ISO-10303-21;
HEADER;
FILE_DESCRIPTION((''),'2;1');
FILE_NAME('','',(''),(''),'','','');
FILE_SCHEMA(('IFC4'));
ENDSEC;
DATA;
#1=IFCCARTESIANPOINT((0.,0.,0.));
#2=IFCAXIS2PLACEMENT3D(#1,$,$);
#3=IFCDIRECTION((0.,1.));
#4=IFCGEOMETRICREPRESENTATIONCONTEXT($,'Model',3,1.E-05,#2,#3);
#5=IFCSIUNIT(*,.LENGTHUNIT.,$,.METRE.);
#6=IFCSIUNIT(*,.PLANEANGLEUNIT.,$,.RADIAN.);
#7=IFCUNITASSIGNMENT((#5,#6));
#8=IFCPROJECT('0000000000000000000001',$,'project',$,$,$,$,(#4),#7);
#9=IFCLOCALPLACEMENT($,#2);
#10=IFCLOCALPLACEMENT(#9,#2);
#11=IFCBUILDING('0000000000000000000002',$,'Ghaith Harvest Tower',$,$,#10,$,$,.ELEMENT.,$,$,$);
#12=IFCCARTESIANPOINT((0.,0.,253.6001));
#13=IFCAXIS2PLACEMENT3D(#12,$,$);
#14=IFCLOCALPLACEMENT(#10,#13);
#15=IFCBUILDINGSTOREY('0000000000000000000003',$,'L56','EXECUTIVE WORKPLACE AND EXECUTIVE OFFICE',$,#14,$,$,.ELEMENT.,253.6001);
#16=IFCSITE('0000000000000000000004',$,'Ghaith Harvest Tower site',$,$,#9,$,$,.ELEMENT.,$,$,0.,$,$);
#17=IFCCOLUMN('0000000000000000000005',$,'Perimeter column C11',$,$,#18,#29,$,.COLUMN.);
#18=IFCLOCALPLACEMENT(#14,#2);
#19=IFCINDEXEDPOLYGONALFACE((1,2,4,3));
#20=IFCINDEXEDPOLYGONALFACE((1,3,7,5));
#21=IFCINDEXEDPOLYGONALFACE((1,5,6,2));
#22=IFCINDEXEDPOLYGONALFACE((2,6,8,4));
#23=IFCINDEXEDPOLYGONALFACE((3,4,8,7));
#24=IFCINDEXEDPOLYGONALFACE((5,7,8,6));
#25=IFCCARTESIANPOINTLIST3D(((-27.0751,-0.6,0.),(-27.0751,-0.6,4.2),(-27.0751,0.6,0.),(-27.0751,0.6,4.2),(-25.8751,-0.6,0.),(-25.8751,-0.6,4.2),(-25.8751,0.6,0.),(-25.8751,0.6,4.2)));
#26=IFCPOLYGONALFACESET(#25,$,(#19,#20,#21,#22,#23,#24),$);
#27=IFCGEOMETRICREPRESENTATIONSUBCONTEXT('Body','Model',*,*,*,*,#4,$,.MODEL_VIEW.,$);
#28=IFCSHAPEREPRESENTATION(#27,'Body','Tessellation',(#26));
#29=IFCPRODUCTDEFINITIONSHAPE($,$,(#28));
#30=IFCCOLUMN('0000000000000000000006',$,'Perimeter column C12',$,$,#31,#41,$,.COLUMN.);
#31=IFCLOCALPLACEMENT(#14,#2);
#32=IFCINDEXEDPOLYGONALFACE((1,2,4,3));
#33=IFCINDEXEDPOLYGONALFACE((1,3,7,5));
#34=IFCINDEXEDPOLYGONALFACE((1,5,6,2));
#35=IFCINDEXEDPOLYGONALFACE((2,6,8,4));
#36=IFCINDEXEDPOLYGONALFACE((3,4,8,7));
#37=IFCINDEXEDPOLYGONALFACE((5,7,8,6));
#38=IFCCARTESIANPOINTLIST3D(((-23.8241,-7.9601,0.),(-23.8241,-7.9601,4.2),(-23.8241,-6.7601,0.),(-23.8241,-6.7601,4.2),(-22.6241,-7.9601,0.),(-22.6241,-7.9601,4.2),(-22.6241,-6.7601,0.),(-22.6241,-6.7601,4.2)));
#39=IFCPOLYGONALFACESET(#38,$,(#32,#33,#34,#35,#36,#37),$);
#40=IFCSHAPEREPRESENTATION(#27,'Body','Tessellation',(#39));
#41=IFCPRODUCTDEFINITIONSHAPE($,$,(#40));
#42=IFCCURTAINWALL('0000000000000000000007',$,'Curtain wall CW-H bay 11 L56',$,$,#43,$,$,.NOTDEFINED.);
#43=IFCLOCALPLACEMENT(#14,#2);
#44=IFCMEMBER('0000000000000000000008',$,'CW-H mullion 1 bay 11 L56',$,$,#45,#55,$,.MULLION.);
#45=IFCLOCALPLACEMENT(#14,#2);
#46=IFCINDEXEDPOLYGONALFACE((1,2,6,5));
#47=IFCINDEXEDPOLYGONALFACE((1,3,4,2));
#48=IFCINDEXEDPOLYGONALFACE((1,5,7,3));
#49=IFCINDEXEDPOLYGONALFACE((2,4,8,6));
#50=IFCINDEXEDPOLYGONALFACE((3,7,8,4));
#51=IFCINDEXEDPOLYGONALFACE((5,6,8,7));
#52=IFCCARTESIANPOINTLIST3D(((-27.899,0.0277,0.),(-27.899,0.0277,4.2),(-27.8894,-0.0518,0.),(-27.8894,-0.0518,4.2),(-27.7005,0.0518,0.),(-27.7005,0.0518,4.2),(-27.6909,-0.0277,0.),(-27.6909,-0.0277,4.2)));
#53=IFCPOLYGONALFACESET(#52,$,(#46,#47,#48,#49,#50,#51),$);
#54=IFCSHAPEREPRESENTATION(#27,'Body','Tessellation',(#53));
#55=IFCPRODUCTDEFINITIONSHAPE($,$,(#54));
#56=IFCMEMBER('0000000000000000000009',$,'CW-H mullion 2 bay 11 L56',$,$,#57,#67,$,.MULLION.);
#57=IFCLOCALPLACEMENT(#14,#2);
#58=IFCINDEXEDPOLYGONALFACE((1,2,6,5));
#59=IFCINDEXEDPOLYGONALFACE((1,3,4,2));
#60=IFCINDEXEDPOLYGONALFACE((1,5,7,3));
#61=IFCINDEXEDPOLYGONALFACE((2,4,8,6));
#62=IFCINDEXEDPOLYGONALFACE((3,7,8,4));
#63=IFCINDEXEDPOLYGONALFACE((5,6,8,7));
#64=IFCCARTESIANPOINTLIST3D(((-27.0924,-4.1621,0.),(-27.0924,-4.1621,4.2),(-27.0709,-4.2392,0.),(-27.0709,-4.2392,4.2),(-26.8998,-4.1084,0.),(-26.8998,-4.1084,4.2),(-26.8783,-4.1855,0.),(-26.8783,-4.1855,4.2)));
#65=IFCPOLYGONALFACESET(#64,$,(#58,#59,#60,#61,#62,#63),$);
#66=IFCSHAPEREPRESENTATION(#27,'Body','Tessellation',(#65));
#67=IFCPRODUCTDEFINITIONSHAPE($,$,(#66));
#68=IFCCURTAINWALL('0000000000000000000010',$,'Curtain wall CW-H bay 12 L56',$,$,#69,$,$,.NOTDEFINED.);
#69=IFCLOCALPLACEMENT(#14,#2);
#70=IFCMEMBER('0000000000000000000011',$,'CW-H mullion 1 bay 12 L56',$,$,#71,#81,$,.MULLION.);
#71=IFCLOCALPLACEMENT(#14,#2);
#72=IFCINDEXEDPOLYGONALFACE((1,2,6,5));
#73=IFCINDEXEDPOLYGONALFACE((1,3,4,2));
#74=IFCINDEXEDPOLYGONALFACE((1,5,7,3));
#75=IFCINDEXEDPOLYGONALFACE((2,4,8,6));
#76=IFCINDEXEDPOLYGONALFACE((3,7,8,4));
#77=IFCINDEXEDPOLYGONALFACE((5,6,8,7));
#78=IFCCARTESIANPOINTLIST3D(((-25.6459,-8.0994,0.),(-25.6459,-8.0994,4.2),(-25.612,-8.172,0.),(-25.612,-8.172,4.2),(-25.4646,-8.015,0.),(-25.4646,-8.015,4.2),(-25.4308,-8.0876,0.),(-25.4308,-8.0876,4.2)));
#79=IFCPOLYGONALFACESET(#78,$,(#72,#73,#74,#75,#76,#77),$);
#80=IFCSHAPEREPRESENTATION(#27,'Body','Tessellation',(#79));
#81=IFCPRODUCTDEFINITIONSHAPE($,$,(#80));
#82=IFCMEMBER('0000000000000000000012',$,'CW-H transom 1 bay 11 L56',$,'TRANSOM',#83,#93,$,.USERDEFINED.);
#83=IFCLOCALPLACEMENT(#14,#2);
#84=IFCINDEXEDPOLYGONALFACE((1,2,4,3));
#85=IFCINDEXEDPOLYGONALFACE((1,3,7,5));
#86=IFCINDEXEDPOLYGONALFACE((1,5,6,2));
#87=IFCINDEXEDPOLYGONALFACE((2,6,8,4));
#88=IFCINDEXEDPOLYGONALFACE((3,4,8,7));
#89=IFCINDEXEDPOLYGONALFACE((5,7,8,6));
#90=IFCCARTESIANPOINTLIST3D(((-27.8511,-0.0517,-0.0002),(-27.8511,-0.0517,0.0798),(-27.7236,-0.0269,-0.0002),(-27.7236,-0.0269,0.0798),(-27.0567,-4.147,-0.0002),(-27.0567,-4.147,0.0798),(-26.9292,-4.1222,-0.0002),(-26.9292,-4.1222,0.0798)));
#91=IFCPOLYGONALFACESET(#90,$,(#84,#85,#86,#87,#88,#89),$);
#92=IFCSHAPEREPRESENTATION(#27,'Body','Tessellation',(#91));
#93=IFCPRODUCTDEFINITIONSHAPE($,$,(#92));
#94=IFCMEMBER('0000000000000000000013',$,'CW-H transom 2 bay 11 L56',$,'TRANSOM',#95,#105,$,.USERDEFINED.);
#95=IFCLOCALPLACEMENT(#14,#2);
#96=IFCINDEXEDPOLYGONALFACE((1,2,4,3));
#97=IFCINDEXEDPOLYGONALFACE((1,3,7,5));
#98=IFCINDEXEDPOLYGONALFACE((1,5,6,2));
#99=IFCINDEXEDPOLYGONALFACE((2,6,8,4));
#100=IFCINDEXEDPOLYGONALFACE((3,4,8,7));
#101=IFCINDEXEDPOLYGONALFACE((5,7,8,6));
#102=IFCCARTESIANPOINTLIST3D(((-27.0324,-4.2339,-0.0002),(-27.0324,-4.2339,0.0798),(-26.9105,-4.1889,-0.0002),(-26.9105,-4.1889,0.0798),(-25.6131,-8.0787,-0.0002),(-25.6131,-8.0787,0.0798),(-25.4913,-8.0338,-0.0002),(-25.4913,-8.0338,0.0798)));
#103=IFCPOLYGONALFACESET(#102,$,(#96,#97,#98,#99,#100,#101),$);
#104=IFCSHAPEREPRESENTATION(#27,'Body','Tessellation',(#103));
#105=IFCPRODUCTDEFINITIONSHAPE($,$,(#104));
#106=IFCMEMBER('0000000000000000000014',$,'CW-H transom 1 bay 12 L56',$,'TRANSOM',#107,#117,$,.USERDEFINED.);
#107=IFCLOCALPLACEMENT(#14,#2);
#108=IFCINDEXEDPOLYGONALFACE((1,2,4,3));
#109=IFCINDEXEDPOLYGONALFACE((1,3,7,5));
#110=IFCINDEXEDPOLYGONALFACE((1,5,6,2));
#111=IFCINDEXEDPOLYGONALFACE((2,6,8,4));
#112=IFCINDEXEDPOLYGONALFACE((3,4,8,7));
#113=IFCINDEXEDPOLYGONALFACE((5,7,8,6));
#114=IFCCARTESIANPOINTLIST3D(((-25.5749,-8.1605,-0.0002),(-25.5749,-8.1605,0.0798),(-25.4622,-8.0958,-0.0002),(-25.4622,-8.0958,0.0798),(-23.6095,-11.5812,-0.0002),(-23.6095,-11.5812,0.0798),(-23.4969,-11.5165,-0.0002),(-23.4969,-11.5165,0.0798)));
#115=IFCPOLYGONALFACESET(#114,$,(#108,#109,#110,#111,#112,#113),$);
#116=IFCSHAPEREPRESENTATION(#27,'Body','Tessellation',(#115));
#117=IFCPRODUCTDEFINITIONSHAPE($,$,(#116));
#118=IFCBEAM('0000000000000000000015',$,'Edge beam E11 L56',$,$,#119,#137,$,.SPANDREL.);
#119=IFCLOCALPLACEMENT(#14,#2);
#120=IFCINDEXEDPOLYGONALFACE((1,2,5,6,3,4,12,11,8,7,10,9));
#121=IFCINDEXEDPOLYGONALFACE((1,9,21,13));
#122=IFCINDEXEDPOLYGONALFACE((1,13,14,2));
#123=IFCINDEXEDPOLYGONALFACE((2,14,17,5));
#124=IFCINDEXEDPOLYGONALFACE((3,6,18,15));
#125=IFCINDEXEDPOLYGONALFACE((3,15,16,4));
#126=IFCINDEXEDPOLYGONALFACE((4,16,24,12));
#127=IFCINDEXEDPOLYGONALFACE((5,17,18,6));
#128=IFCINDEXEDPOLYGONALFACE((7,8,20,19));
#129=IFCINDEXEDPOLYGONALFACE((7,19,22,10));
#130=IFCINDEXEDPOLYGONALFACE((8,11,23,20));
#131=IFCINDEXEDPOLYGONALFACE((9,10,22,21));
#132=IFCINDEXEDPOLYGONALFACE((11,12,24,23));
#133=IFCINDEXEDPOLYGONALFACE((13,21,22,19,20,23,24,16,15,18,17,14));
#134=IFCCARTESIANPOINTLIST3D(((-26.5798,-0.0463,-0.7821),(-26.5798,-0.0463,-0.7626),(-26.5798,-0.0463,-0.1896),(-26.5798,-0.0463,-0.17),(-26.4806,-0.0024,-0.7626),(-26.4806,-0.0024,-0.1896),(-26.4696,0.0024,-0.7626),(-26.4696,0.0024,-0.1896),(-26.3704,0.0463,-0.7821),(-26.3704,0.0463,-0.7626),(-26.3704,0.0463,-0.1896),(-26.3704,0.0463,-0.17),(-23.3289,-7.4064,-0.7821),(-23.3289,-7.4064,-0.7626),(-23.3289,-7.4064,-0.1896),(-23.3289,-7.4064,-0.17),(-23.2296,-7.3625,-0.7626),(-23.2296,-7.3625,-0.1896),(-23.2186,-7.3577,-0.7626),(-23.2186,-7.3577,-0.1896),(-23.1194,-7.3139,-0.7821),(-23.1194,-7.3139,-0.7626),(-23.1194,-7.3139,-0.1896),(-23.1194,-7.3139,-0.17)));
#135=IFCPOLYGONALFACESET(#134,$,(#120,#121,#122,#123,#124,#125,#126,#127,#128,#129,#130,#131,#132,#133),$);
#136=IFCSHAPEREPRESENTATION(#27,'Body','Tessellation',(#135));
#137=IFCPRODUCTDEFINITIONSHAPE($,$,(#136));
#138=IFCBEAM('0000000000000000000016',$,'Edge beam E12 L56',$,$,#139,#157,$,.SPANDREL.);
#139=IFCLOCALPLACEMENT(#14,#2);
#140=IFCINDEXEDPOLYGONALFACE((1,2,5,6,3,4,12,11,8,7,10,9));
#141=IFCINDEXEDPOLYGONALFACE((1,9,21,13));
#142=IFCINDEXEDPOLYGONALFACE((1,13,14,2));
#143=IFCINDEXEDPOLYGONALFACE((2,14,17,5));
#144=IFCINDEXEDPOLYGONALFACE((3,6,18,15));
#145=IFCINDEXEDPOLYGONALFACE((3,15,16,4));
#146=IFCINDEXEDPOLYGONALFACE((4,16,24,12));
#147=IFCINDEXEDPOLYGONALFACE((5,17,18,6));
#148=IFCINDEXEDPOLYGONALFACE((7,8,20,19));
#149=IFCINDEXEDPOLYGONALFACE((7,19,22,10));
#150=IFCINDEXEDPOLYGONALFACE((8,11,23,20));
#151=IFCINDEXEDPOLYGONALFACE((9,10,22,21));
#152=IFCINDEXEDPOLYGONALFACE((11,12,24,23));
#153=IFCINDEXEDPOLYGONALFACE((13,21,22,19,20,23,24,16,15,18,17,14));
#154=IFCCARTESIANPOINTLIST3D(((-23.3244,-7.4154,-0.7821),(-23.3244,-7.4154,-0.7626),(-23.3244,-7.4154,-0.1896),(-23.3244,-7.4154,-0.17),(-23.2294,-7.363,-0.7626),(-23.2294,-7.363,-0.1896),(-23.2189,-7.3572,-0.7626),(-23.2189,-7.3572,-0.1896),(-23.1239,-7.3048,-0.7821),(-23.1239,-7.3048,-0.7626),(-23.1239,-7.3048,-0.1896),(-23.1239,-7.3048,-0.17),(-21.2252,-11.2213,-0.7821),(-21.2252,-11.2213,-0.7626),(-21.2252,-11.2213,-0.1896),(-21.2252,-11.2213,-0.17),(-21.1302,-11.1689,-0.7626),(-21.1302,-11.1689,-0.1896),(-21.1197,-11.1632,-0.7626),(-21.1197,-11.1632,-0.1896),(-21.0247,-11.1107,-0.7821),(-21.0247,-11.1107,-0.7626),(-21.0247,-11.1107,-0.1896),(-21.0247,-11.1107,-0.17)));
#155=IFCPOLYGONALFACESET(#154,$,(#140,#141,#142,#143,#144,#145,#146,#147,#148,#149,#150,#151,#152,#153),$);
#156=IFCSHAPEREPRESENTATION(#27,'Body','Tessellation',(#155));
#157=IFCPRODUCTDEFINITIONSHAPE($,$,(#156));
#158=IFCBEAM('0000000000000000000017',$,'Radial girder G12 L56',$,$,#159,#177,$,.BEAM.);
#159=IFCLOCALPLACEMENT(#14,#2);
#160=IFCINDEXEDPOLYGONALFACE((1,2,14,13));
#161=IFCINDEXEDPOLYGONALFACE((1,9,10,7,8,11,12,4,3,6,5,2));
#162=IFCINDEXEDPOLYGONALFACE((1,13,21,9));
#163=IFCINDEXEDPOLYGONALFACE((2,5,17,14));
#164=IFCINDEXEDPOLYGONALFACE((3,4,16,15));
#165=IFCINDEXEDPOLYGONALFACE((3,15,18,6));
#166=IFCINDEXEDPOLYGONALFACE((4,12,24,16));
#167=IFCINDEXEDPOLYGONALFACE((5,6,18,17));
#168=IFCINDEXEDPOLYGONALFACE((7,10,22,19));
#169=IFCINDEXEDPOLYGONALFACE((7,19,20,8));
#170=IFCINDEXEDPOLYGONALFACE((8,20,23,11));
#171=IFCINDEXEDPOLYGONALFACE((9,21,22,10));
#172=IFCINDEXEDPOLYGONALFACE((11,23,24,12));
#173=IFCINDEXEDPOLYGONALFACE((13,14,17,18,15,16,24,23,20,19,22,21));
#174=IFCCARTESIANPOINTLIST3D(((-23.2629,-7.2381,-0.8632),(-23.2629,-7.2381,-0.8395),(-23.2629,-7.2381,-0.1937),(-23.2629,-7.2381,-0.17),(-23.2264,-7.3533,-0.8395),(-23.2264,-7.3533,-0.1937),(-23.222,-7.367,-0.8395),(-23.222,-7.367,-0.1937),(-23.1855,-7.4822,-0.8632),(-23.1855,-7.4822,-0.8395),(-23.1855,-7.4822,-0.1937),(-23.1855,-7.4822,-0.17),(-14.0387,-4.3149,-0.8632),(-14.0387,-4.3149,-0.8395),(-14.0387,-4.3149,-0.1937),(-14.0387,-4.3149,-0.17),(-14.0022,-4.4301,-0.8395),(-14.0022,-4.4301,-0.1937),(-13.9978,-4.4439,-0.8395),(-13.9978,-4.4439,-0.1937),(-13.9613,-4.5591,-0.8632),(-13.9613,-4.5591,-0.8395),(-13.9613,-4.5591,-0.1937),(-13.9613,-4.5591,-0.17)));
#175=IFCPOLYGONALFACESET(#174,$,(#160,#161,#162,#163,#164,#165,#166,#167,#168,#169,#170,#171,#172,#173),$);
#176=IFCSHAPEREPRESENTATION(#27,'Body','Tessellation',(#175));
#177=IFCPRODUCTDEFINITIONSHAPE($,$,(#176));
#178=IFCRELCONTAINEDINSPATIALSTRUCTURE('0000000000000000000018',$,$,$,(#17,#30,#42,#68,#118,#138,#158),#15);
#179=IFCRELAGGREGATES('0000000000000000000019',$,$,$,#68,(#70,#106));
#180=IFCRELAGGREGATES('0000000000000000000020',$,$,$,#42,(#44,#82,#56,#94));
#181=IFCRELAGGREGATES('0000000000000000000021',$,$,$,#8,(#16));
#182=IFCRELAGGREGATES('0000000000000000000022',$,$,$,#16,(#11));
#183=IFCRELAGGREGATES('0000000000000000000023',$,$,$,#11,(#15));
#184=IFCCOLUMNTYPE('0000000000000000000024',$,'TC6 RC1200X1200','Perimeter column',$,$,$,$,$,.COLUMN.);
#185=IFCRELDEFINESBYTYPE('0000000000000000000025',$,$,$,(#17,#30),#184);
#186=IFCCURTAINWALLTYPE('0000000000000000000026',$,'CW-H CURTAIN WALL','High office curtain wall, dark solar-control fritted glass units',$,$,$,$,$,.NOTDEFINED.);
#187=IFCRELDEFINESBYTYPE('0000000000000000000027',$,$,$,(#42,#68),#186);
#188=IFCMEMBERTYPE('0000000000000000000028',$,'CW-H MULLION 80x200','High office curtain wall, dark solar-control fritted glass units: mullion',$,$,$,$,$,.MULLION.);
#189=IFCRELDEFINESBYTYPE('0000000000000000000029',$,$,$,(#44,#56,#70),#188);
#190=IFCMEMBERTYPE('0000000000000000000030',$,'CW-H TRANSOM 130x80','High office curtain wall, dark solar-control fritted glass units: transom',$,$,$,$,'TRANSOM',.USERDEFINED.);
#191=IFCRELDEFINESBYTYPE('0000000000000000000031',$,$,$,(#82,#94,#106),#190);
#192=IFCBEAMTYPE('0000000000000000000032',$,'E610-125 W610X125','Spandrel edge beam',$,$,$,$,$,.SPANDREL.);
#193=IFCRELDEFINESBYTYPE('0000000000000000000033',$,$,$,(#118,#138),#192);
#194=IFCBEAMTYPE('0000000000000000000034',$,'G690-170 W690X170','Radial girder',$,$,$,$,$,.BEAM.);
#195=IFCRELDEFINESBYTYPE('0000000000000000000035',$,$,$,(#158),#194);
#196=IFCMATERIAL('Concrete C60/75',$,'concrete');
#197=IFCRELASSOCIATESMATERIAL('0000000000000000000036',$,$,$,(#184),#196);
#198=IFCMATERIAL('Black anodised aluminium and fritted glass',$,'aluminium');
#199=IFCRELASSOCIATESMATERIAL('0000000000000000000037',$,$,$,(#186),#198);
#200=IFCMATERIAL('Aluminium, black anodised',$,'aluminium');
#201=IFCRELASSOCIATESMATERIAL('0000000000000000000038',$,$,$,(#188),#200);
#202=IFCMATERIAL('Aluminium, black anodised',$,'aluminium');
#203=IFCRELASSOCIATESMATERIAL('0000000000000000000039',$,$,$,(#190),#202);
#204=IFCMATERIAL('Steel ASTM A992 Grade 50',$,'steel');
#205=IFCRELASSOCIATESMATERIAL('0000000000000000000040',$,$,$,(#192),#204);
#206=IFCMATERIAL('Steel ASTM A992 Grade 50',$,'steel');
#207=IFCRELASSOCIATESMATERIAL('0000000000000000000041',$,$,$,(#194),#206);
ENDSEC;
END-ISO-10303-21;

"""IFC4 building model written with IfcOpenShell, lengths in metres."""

from ifc_helpers import new_model, si_unit, direction, frame, origin, origin_2d, place, context, subcontext, project, spatial, rectangle, i_section, extrude, material, material_profile, profile_set, type_object, element, aggregate, save


model = new_model("IFC4")

# Units and contexts
model_context = context("Model", 3, precision=1e-05, world=origin(), true_north=direction((0.0, 1.0)))
body_context = subcontext(model_context, "Body", "Model", "MODEL_VIEW")
ifc_project = project(units=[si_unit("LENGTHUNIT", "METRE"), si_unit("PLANEANGLEUNIT", "RADIAN")], contexts=[model_context])

# Site, building, storey
site_placement = place(None, origin())
site = spatial("IfcSite", under=ifc_project, at=site_placement, Name="Ghaith Harvest Tower site", CompositionType="ELEMENT", RefElevation=0.0)
building_placement = place(site_placement, origin())
building = spatial("IfcBuilding", under=site, at=building_placement, Name="Ghaith Harvest Tower", CompositionType="ELEMENT")
storey_placement = place(building_placement, frame((0.0, 0.0, 253.6001)))
storey = spatial("IfcBuildingStorey", under=building, at=storey_placement, Name="L56", Description="EXECUTIVE WORKPLACE AND EXECUTIVE OFFICE", CompositionType="ELEMENT", Elevation=253.6001)

# Columns
ifc_material_1 = material(Name="Concrete C60/75", Category="concrete")
ifc_material_profile_1 = material_profile(ifc_material_1, rectangle(XDim=1.2, YDim=1.2, at=origin_2d()), Name="RC1200X1200")
ifc_profile_set_1 = profile_set([ifc_material_profile_1], Name="Concrete C60/75")
column_type = type_object("IfcColumnType", Name="TC6 RC1200X1200", Description="Perimeter column", PredefinedType="COLUMN", material=ifc_profile_set_1)
for number, where, z_axis, x_axis, name in (
    (1, (-26.4751, 0.0, 0.0), (0.0, 0.0, 1.0), (1.0, 0.0, 0.0), "Perimeter column C11"),
    (2, (-23.2241, -7.3601, 0.0), (0.0, 0.0, 1.0), (1.0, 0.0, 0.0), "Perimeter column C12"),
):
    element("IfcColumn", number, at=place(storey_placement, frame(where, z_axis=z_axis, x_axis=x_axis)), inside=storey, type_object=column_type, Name=name, PredefinedType="COLUMN", context=body_context, shape_type="SweptSolid", body=[
        extrude(rectangle(XDim=1.2, YDim=1.2, at=origin_2d()), origin(), (0.0, 0.0, 1.0), 4.2),
    ])

# Curtain wall, members
ifc_material_2 = material(Name="Black anodised aluminium and fritted glass", Category="aluminium")
curtain_wall_type = type_object("IfcCurtainWallType", Name="CW-H CURTAIN WALL", Description="High office curtain wall, dark solar-control fritted glass units", PredefinedType="NOTDEFINED", material=ifc_material_2)
curtain_wall_1_placement = place(storey_placement, origin())
curtain_wall_1 = element("IfcCurtainWall", 3, at=curtain_wall_1_placement, inside=storey, type_object=curtain_wall_type, Name="Curtain wall CW-H bay 11 L56", PredefinedType="NOTDEFINED")
ifc_material_3 = material(Name="Aluminium, black anodised", Category="aluminium")
ifc_material_profile_2 = material_profile(ifc_material_3, rectangle(XDim=0.0801, YDim=0.2, at=origin_2d()), Name="CW-H MULLION 80x200")
ifc_profile_set_2 = profile_set([ifc_material_profile_2], Name="Aluminium, black anodised")
member_type_1 = type_object("IfcMemberType", Name="CW-H MULLION 80x200", Description="High office curtain wall, dark solar-control fritted glass units: mullion", PredefinedType="MULLION", material=ifc_profile_set_2)
member_1_placement = place(storey_placement, frame((-27.7949, 0.0, 0.0), z_axis=(0.0, 0.0, 1.0), x_axis=(0.12025, -0.992744, 0.0)))
member_1 = element("IfcMember", 4, at=member_1_placement, type_object=member_type_1, Name="CW-H mullion 1 bay 11 L56", PredefinedType="MULLION", context=body_context, shape_type="SweptSolid", body=[
    extrude(rectangle(XDim=0.0801, YDim=0.2, at=origin_2d()), origin(), (0.0, 0.0, 1.0), 4.2),
])
member_2_placement = place(storey_placement, frame((-26.9854, -4.1738, 0.0), z_axis=(0.0, 0.0, 1.0), x_axis=(0.268569, -0.96326, 0.0)))
member_2 = element("IfcMember", 5, at=member_2_placement, type_object=member_type_1, Name="CW-H mullion 2 bay 11 L56", PredefinedType="MULLION", context=body_context, shape_type="SweptSolid", body=[
    extrude(rectangle(XDim=0.0801, YDim=0.2, at=origin_2d()), origin(), (0.0, 0.0, 1.0), 4.2),
])

# Curtain wall, member
curtain_wall_2_placement = place(storey_placement, origin())
curtain_wall_2 = element("IfcCurtainWall", 6, at=curtain_wall_2_placement, inside=storey, type_object=curtain_wall_type, Name="Curtain wall CW-H bay 12 L56", PredefinedType="NOTDEFINED")
member_3_placement = place(storey_placement, frame((-25.5383, -8.0935, 0.0), z_axis=(0.0, 0.0, 1.0), x_axis=(0.422309, -0.906452, 0.0)))
member_3 = element("IfcMember", 7, at=member_3_placement, type_object=member_type_1, Name="CW-H mullion 1 bay 12 L56", PredefinedType="MULLION", context=body_context, shape_type="SweptSolid", body=[
    extrude(rectangle(XDim=0.0801, YDim=0.2, at=origin_2d()), origin(), (0.0, 0.0, 1.0), 4.2),
])

# Members
ifc_material_4 = material(Name="Aluminium, black anodised", Category="aluminium")
ifc_material_profile_3 = material_profile(ifc_material_4, rectangle(XDim=0.1299, YDim=0.0801, at=origin_2d()), Name="CW-H TRANSOM 130x80")
ifc_profile_set_3 = profile_set([ifc_material_profile_3], Name="Aluminium, black anodised")
member_type_2 = type_object("IfcMemberType", Name="CW-H TRANSOM 130x80", Description="High office curtain wall, dark solar-control fritted glass units: transom", ElementType="TRANSOM", PredefinedType="USERDEFINED", material=ifc_profile_set_3)
member_4_placement = place(storey_placement, frame((-27.7874, -0.0393, 0.0398), z_axis=(0.19044, -0.981699, 0.0), x_axis=(0.981699, 0.19044, 0.0)))
member_4 = element("IfcMember", 8, at=member_4_placement, type_object=member_type_2, Name="CW-H transom 1 bay 11 L56", ObjectType="TRANSOM", PredefinedType="USERDEFINED", context=body_context, shape_type="SweptSolid", body=[
    extrude(rectangle(XDim=0.1299, YDim=0.0801, at=origin_2d()), origin(), (0.0, 0.0, 1.0), 4.1716),
])
member_5_placement = place(storey_placement, frame((-26.9714, -4.2114, 0.0398), z_axis=(0.346288, -0.938128, 0.0), x_axis=(0.938128, 0.346288, 0.0)))
member_5 = element("IfcMember", 9, at=member_5_placement, type_object=member_type_2, Name="CW-H transom 2 bay 11 L56", ObjectType="TRANSOM", PredefinedType="USERDEFINED", context=body_context, shape_type="SweptSolid", body=[
    extrude(rectangle(XDim=0.1299, YDim=0.0801, at=origin_2d()), origin(), (0.0, 0.0, 1.0), 4.0984),
])
member_6_placement = place(storey_placement, frame((-25.5186, -8.1282, 0.0398), z_axis=(0.498177, -0.867075, 0.0), x_axis=(0.867075, 0.498177, 0.0)))
member_6 = element("IfcMember", 10, at=member_6_placement, type_object=member_type_2, Name="CW-H transom 1 bay 12 L56", ObjectType="TRANSOM", PredefinedType="USERDEFINED", context=body_context, shape_type="SweptSolid", body=[
    extrude(rectangle(XDim=0.1299, YDim=0.0801, at=origin_2d()), origin(), (0.0, 0.0, 1.0), 3.9451),
])
aggregate(curtain_wall_2, [member_3, member_6])

# Beams
ifc_material_5 = material(Name="Steel ASTM A992 Grade 50", Category="steel")
ifc_material_profile_4 = material_profile(ifc_material_5, i_section(OverallWidth=0.229, OverallDepth=0.6121, WebThickness=0.012, FlangeThickness=0.0195, at=origin_2d()), Name="W610X125")
ifc_profile_set_4 = profile_set([ifc_material_profile_4], Name="Steel ASTM A992 Grade 50")
beam_type_1 = type_object("IfcBeamType", Name="E610-125 W610X125", Description="Spandrel edge beam", PredefinedType="SPANDREL", material=ifc_profile_set_4)
beam_1_placement = place(storey_placement, frame((-26.4751, 0.0, -0.4761), z_axis=(0.404043, -0.91474, 0.0), x_axis=(0.91474, 0.404043, 0.0)))
element("IfcBeam", 11, at=beam_1_placement, inside=storey, type_object=beam_type_1, Name="Edge beam E11 L56", PredefinedType="SPANDREL", context=body_context, shape_type="SweptSolid", body=[
    extrude(i_section(OverallWidth=0.229, OverallDepth=0.6121, WebThickness=0.012, FlangeThickness=0.0195, at=origin_2d()), origin(), (0.0, 0.0, 1.0), 8.0461),
])
beam_2_placement = place(storey_placement, frame((-23.2241, -7.3601, -0.4761), z_axis=(0.482956, -0.875645, 0.0), x_axis=(0.875645, 0.482956, 0.0)))
element("IfcBeam", 12, at=beam_2_placement, inside=storey, type_object=beam_type_1, Name="Edge beam E12 L56", PredefinedType="SPANDREL", context=body_context, shape_type="SweptSolid", body=[
    extrude(i_section(OverallWidth=0.229, OverallDepth=0.6121, WebThickness=0.012, FlangeThickness=0.0195, at=origin_2d()), origin(), (0.0, 0.0, 1.0), 4.3464),
])
ifc_material_6 = material(Name="Steel ASTM A992 Grade 50", Category="steel")
ifc_material_profile_5 = material_profile(ifc_material_6, i_section(OverallWidth=0.2561, OverallDepth=0.6931, WebThickness=0.0144, FlangeThickness=0.0237, at=origin_2d()), Name="W690X170")
ifc_profile_set_5 = profile_set([ifc_material_profile_5], Name="Steel ASTM A992 Grade 50")
beam_type_2 = type_object("IfcBeamType", Name="G690-170 W690X170", Description="Radial girder", PredefinedType="BEAM", material=ifc_profile_set_5)
beam_3_placement = place(storey_placement, frame((-14.0, -4.437, -0.5166), z_axis=(-0.953279, -0.302091, 0.0), x_axis=(0.302091, -0.953279, 0.0)))
element("IfcBeam", 13, at=beam_3_placement, inside=storey, type_object=beam_type_2, Name="Radial girder G12 L56", PredefinedType="BEAM", context=body_context, shape_type="SweptSolid", body=[
    extrude(i_section(OverallWidth=0.2561, OverallDepth=0.6931, WebThickness=0.0144, FlangeThickness=0.0237, at=origin_2d()), origin(), (0.0, 0.0, 1.0), 9.6763),
])

aggregate(curtain_wall_1, [member_1, member_4, member_2, member_5])

save(model, "model.ifc")
